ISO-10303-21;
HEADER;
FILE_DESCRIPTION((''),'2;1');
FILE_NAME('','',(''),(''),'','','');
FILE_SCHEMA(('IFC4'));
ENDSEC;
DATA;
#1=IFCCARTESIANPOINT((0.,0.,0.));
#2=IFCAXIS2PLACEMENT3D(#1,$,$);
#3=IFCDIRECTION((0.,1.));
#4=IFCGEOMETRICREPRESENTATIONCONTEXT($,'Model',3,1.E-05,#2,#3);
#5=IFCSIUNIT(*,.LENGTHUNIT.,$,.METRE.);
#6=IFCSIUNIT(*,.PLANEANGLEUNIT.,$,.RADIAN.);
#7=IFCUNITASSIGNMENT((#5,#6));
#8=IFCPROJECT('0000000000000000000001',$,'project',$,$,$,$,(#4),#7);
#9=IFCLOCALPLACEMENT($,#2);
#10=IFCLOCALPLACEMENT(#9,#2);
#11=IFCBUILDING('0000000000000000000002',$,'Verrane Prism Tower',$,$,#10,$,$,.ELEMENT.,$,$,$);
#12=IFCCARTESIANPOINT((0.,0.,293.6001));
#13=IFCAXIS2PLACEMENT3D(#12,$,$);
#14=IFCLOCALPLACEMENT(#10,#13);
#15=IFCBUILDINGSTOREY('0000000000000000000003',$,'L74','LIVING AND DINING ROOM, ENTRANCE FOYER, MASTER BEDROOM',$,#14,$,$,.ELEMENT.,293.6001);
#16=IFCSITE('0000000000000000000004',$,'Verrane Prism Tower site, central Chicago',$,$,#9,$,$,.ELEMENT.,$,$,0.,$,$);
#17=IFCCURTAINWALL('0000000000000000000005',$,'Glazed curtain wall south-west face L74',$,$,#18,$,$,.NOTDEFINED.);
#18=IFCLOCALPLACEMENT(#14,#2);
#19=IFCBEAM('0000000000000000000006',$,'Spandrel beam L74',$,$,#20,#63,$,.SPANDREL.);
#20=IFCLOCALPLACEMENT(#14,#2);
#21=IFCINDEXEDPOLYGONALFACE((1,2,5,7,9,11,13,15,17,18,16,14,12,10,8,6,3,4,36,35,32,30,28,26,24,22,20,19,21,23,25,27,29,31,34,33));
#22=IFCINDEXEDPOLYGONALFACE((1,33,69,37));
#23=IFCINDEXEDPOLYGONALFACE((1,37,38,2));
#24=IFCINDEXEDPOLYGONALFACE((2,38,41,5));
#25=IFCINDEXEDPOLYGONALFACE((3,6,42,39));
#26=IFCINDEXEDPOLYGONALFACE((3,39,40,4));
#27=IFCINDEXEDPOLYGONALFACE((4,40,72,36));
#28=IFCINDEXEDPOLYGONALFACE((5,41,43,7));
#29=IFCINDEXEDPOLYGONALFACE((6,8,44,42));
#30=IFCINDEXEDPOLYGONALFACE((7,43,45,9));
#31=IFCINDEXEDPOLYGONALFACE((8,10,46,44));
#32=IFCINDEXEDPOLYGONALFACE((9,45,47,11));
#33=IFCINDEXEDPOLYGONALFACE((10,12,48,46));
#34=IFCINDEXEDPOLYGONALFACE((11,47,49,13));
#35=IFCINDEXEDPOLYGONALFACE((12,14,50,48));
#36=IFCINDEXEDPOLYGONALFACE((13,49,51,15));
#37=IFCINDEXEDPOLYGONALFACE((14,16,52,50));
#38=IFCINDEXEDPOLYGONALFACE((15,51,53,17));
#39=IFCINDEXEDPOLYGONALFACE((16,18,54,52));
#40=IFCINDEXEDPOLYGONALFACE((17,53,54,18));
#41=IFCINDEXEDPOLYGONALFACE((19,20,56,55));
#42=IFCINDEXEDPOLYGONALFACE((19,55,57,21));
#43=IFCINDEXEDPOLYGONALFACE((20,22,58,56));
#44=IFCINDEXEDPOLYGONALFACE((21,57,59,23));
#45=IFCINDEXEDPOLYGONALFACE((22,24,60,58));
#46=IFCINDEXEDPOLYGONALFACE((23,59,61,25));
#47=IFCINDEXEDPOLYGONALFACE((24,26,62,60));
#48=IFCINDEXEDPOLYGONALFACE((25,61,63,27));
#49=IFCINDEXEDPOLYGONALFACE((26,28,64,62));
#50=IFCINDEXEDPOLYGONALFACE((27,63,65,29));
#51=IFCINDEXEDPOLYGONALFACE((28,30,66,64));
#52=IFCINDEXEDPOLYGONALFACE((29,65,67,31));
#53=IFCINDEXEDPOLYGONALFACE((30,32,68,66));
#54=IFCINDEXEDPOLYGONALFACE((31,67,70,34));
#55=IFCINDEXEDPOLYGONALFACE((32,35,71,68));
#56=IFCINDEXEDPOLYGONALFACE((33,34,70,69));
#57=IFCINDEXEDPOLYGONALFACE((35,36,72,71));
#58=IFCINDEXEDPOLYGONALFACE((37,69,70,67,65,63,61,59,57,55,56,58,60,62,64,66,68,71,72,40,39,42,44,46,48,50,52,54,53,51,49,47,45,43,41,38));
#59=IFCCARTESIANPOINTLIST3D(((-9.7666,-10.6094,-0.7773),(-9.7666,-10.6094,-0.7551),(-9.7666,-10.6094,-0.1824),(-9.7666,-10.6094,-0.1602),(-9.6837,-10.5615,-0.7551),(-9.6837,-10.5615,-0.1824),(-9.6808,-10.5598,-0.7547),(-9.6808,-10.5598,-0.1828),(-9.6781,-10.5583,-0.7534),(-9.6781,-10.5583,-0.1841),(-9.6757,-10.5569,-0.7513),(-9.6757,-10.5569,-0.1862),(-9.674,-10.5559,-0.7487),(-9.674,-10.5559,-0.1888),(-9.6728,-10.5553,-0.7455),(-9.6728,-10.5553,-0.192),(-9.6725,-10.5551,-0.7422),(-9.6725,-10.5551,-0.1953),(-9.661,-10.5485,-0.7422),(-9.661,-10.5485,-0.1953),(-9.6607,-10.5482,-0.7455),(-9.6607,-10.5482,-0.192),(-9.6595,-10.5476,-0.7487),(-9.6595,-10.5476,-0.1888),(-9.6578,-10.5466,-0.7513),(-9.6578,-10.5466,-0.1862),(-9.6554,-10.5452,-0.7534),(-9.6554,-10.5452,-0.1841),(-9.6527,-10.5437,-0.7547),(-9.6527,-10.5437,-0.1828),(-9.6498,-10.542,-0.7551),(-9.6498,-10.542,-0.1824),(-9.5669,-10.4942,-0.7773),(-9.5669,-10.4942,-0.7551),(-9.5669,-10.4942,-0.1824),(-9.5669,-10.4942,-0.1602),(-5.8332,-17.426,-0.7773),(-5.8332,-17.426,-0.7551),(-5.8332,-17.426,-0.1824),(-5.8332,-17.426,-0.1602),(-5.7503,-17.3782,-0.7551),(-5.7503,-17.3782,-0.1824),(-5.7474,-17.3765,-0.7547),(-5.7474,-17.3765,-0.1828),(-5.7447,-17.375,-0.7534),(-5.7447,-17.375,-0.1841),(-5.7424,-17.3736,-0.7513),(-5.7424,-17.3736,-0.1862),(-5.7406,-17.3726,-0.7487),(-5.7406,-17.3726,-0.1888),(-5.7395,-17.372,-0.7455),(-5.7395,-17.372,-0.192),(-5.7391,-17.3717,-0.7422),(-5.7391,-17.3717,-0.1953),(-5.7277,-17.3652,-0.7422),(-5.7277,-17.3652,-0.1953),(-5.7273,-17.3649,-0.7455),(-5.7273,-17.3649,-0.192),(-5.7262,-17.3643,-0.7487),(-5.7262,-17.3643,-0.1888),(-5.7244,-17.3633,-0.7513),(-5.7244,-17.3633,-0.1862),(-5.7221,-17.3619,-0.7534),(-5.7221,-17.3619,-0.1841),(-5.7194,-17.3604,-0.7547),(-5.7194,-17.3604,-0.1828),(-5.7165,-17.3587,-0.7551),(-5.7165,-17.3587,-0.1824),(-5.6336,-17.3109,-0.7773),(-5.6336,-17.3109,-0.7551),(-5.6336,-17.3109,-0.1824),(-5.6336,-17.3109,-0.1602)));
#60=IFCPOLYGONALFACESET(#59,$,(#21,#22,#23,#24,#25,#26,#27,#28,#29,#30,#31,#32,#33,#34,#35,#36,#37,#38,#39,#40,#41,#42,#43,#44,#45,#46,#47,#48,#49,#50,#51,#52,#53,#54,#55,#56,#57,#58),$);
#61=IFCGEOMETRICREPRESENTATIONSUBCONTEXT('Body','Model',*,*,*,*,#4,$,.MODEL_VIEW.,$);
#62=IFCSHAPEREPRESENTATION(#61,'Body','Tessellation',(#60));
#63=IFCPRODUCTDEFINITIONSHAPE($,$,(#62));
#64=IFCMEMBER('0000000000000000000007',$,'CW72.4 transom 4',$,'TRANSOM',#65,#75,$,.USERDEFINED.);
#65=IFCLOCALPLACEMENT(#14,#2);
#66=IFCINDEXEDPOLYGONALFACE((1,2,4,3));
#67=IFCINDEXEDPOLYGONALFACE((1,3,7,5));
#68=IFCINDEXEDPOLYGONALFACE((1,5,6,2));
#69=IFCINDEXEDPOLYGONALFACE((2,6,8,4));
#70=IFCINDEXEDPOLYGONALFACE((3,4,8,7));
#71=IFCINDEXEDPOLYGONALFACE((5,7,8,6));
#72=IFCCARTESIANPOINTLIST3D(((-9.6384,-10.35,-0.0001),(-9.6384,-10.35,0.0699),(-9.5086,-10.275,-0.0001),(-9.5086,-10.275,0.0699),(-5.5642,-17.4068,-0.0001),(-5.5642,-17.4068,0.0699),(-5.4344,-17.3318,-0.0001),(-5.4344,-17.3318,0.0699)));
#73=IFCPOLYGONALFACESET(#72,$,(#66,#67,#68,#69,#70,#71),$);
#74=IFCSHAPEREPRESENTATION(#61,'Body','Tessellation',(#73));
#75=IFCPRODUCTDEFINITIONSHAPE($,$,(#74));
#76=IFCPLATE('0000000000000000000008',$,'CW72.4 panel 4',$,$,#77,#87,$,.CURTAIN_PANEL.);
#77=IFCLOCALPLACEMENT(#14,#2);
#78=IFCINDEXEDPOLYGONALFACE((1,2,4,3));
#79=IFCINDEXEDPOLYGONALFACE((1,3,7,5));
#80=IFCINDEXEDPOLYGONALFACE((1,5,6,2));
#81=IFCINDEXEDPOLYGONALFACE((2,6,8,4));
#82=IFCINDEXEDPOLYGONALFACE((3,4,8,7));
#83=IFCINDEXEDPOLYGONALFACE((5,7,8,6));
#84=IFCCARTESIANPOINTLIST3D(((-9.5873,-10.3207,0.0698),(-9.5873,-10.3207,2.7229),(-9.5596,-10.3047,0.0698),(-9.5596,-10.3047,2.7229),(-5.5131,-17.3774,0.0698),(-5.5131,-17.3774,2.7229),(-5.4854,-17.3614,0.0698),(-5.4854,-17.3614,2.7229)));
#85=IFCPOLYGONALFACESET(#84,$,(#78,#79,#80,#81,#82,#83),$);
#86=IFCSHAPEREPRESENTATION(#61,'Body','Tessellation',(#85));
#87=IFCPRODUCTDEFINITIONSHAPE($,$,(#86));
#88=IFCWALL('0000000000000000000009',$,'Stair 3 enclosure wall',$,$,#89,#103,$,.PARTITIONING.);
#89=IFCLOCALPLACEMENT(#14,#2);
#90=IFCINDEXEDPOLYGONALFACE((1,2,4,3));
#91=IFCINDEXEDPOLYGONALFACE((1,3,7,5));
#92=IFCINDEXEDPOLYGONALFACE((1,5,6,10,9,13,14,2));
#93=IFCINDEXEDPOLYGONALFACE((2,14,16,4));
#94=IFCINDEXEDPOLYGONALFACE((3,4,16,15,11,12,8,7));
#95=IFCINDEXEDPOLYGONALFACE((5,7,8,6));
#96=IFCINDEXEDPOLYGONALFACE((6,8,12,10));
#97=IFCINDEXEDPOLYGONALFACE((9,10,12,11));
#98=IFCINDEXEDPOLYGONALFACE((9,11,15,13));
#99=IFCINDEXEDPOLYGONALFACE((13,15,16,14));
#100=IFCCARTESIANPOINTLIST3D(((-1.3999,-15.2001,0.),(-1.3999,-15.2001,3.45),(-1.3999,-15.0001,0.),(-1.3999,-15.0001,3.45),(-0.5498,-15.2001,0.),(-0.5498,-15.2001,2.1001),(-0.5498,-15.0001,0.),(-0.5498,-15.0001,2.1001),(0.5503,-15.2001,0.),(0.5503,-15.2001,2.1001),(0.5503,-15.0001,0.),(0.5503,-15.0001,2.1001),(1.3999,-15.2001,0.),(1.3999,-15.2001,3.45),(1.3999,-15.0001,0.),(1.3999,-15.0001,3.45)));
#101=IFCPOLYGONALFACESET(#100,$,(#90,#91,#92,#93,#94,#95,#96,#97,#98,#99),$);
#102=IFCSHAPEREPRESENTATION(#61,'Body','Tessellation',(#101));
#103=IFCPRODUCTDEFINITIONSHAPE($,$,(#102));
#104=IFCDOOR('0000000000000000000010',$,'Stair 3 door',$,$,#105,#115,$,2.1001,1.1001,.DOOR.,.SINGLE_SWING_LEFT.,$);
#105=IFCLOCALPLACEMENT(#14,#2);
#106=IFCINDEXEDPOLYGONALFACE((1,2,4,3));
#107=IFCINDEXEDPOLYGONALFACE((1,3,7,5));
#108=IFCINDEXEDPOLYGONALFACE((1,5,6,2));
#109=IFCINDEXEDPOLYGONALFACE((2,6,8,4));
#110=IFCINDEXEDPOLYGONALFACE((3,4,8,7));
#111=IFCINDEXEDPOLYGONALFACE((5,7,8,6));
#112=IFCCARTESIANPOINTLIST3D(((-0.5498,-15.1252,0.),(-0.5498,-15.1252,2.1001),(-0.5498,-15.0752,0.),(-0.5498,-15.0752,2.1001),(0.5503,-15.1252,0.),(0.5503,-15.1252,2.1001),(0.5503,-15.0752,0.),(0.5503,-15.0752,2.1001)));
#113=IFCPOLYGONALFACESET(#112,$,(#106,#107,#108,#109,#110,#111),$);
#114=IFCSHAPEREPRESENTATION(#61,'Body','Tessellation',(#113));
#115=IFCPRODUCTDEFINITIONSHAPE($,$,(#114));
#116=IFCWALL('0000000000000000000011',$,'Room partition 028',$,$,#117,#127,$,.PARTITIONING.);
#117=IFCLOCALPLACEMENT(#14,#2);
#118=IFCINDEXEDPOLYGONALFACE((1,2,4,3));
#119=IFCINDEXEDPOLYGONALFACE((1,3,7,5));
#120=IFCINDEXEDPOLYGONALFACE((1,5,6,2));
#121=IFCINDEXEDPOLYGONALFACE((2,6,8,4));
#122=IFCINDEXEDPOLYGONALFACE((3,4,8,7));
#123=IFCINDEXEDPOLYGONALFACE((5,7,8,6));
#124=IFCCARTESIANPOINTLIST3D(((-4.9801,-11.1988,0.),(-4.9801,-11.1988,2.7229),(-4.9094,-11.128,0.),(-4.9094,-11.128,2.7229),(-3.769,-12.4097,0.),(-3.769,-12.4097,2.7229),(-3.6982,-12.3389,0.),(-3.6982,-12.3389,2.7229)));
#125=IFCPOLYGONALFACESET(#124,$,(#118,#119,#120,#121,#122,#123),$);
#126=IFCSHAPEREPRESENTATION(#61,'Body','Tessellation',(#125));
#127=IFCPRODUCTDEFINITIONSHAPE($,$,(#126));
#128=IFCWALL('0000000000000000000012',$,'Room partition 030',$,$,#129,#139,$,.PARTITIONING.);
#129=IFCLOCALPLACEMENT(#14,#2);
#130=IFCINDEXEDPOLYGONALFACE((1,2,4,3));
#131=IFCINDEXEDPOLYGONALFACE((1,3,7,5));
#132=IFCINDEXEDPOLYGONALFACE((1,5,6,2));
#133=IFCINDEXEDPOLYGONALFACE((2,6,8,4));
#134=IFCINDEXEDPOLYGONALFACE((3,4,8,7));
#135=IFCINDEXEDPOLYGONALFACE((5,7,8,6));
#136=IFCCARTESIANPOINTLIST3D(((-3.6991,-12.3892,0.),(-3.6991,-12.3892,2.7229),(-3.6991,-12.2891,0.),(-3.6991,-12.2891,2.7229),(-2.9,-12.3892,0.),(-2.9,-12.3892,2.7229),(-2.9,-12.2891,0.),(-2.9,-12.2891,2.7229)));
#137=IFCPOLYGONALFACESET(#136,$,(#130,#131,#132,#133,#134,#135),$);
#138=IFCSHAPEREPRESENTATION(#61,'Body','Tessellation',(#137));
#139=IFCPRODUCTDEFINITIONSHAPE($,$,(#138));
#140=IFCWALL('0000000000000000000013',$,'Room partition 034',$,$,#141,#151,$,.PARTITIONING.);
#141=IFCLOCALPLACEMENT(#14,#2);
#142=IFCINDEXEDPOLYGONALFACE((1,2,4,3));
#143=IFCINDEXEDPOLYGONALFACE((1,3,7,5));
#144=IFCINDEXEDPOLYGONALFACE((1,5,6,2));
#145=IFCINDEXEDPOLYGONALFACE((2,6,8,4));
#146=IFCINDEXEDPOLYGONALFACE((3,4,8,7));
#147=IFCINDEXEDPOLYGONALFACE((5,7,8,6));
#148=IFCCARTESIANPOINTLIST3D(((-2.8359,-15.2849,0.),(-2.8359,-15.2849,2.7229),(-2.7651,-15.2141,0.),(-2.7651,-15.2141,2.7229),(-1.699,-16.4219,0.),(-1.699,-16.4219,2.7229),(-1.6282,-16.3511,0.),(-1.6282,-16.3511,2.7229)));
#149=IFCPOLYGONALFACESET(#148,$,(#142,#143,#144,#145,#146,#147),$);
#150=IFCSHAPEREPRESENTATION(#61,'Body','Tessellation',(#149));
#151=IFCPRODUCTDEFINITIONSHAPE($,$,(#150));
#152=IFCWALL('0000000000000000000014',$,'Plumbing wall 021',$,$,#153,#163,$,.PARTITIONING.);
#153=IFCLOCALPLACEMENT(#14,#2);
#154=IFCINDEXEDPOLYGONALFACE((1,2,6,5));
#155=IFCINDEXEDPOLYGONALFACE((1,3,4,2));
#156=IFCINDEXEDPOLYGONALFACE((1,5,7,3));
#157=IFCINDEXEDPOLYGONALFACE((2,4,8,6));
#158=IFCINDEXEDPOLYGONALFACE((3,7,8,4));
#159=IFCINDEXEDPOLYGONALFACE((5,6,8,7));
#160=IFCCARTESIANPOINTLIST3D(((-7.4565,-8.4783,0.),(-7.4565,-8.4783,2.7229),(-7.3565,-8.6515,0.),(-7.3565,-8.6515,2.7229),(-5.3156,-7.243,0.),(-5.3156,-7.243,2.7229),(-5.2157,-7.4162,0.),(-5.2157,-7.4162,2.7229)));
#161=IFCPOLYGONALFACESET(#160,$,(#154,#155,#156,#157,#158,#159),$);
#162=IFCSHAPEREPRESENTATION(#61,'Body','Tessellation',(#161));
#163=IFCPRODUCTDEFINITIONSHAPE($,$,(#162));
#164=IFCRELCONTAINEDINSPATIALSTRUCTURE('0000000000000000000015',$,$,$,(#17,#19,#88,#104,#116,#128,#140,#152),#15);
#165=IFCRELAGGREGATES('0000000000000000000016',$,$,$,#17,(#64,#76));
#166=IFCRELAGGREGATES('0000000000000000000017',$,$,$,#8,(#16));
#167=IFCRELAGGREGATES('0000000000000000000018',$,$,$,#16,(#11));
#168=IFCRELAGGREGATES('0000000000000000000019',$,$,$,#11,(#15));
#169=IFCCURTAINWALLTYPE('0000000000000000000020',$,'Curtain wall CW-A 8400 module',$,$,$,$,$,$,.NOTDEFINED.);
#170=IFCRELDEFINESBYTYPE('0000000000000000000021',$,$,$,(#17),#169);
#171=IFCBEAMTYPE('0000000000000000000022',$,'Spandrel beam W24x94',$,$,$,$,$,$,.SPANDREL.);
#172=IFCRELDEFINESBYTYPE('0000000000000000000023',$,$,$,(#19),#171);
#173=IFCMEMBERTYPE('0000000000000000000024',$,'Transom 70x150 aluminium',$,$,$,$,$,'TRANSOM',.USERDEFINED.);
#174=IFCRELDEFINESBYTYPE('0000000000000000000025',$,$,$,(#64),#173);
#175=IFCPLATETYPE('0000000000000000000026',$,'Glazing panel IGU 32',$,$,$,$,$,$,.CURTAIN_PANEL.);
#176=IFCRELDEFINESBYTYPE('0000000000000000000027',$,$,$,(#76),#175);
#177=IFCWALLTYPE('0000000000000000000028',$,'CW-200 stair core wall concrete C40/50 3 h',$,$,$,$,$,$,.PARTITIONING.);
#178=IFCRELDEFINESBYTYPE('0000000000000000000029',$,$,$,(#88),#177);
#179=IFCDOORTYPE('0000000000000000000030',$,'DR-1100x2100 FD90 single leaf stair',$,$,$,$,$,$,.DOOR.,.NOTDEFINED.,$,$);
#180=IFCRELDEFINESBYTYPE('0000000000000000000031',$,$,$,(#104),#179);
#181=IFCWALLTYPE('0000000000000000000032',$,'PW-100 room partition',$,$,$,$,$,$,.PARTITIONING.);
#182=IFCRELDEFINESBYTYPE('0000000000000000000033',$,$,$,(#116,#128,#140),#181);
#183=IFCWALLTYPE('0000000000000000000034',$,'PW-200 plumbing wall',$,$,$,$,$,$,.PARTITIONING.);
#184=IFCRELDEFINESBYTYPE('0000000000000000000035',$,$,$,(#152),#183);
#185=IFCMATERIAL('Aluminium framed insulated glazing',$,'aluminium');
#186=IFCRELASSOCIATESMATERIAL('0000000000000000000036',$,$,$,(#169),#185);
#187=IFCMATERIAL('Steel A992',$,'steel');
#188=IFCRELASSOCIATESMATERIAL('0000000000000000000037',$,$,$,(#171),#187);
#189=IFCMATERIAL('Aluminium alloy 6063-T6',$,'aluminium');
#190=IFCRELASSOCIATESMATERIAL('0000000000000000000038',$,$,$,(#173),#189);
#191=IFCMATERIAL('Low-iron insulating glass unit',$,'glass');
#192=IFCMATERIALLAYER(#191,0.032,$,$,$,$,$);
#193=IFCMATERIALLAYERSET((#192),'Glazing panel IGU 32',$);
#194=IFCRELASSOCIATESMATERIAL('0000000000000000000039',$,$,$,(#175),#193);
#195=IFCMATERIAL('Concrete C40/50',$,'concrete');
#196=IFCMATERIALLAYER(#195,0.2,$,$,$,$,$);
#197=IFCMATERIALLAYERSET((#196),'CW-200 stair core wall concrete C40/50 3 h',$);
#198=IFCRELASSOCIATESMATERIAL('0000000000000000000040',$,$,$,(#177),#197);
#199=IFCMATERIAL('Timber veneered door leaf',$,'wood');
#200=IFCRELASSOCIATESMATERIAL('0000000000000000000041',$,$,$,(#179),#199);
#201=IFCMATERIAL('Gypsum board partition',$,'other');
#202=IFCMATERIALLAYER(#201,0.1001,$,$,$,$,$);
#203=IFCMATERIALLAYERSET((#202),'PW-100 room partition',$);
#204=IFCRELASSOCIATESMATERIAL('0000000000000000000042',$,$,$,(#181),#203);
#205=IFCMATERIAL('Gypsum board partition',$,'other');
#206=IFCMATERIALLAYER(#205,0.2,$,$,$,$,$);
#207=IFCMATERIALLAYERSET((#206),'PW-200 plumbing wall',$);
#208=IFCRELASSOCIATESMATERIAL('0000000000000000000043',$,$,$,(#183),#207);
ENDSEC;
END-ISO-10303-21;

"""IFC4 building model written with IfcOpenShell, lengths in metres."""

from ifc_helpers import new_model, si_unit, direction, frame, frame_2d, origin, origin_2d, place, context, subcontext, project, spatial, rectangle, i_section, extrude, material, layer, layer_set, material_profile, profile_set, type_object, element, fill, aggregate, save


model = new_model("IFC4")

# Units and contexts
model_context = context("Model", 3, precision=1e-05, world=origin(), true_north=direction((0.0, 1.0)))
body_context = subcontext(model_context, "Body", "Model", "MODEL_VIEW")
ifc_project = project(units=[si_unit("LENGTHUNIT", "METRE"), si_unit("PLANEANGLEUNIT", "RADIAN")], contexts=[model_context])

# Site, building, storey
site_placement = place(None, origin())
site = spatial("IfcSite", under=ifc_project, at=site_placement, Name="Verrane Prism Tower site, central Chicago", CompositionType="ELEMENT", RefElevation=0.0)
building_placement = place(site_placement, origin())
building = spatial("IfcBuilding", under=site, at=building_placement, Name="Verrane Prism Tower", CompositionType="ELEMENT")
storey_placement = place(building_placement, frame((0.0, 0.0, 293.6001)))
storey = spatial("IfcBuildingStorey", under=building, at=storey_placement, Name="L74", Description="LIVING AND DINING ROOM, ENTRANCE FOYER, MASTER BEDROOM", CompositionType="ELEMENT", Elevation=293.6001)

# Curtain wall
ifc_material_1 = material(Name="Aluminium framed insulated glazing", Category="aluminium")
curtain_wall_type = type_object("IfcCurtainWallType", Name="Curtain wall CW-A 8400 module", PredefinedType="NOTDEFINED", material=ifc_material_1)
curtain_wall_placement = place(storey_placement, origin())
curtain_wall = element("IfcCurtainWall", 1, at=curtain_wall_placement, inside=storey, type_object=curtain_wall_type, Name="Glazed curtain wall south-west face L74", PredefinedType="NOTDEFINED")

# Beam
ifc_material_2 = material(Name="Steel A992", Category="steel")
ifc_material_profile_1 = material_profile(ifc_material_2, i_section(OverallWidth=0.2305, OverallDepth=0.6172, WebThickness=0.0132, FlangeThickness=0.0222, FilletRadius=0.0129, at=origin_2d()), Name="W24x94")
ifc_profile_set_1 = profile_set([ifc_material_profile_1], Name="Steel A992")
beam_type_1 = type_object("IfcBeamType", Name="Spandrel beam W24x94", PredefinedType="SPANDREL", material=ifc_profile_set_1)
beam_1_placement = place(storey_placement, frame((-9.6667, -10.5518, -0.4688), z_axis=(0.499786, -0.866149, 0.0), x_axis=(0.866149, 0.499786, 0.0)))
element("IfcBeam", 2, at=beam_1_placement, inside=storey, type_object=beam_type_1, Name="Spandrel beam L74", PredefinedType="SPANDREL", context=body_context, shape_type="SweptSolid", body=[
    extrude(i_section(OverallWidth=0.2305, OverallDepth=0.6172, WebThickness=0.0132, FlangeThickness=0.0222, FilletRadius=0.0129, at=origin_2d()), origin(), (0.0, 0.0, 1.0), 7.8701),
])

# Member
ifc_material_3 = material(Name="Aluminium alloy 6063-T6", Category="aluminium")
ifc_material_profile_2 = material_profile(ifc_material_3, rectangle(XDim=0.1499, YDim=0.0701, at=origin_2d()), Name="Transom 70x150 aluminium")
ifc_profile_set_2 = profile_set([ifc_material_profile_2], Name="Aluminium alloy 6063-T6")
member_type_1 = type_object("IfcMemberType", Name="Transom 70x150 aluminium", ElementType="TRANSOM", PredefinedType="USERDEFINED", material=ifc_profile_set_2)
member_1_placement = place(storey_placement, frame((-9.5735, -10.3125, 0.0349), z_axis=(0.499993, -0.866029, 0.0), x_axis=(0.866029, 0.499993, 0.0)))
member_1 = element("IfcMember", 3, at=member_1_placement, type_object=member_type_1, Name="CW72.4 transom 4", ObjectType="TRANSOM", PredefinedType="USERDEFINED", context=body_context, shape_type="SweptSolid", body=[
    extrude(rectangle(XDim=0.1499, YDim=0.0701, at=origin_2d()), origin(), (0.0, 0.0, 1.0), 8.1484),
])

# Plate
ifc_material_4 = material(Name="Low-iron insulating glass unit", Category="glass")
ifc_layer_1 = layer(ifc_material_4, 0.032)
ifc_layer_set_1 = layer_set([ifc_layer_1], Name="Glazing panel IGU 32")
plate_type = type_object("IfcPlateType", Name="Glazing panel IGU 32", PredefinedType="CURTAIN_PANEL", material=ifc_layer_set_1)
plate_placement = place(storey_placement, frame((-7.5364, -13.8411, 0.0698), z_axis=(0.0, 0.0, 1.0), x_axis=(0.500001, -0.866025, 0.0)))
plate = element("IfcPlate", 4, at=plate_placement, type_object=plate_type, Name="CW72.4 panel 4", PredefinedType="CURTAIN_PANEL", context=body_context, shape_type="SweptSolid", body=[
    extrude(rectangle(XDim=8.1484, YDim=0.032, at=origin_2d()), origin(), (0.0, 0.0, 1.0), 2.6531),
])
aggregate(curtain_wall, [member_1, plate])

# Wall, opening, door
ifc_material_5 = material(Name="Concrete C40/50", Category="concrete")
ifc_layer_2 = layer(ifc_material_5, 0.2)
ifc_layer_set_2 = layer_set([ifc_layer_2], Name="CW-200 stair core wall concrete C40/50 3 h")
wall_type_1 = type_object("IfcWallType", Name="CW-200 stair core wall concrete C40/50 3 h", PredefinedType="PARTITIONING", material=ifc_layer_set_2)
wall_1_placement = place(storey_placement, frame((-1.3999, -15.1001, 0.0), z_axis=(0.0, 0.0, 1.0), x_axis=(1.0, 0.0, 0.0)))
wall_1 = element("IfcWall", 5, at=wall_1_placement, inside=storey, type_object=wall_type_1, Name="Stair 3 enclosure wall", PredefinedType="PARTITIONING", context=body_context, shape_type="SweptSolid", body=[
    extrude(rectangle(XDim=2.7998, YDim=0.2, at=frame_2d((1.3999, 0.0))), origin(), (0.0, 0.0, 1.0), 3.45),
])
opening_1_placement = place(wall_1_placement, frame((0.8501, 0.0, 0.0)))
opening_1 = element("IfcOpeningElement", 6, at=opening_1_placement, cuts=wall_1, PredefinedType="OPENING", context=body_context, shape_type="SweptSolid", body=[
    extrude(rectangle(XDim=1.1001, YDim=2.1001, at=frame_2d((0.55, 1.05))), frame((0.0, 0.1099, 0.0), z_axis=(0.0, -1.0, 0.0), x_axis=(1.0, 0.0, 0.0)), (0.0, 0.0, 1.0), 0.22),
])
ifc_material_6 = material(Name="Timber veneered door leaf", Category="wood")
door_type_1 = type_object("IfcDoorType", Name="DR-1100x2100 FD90 single leaf stair", OperationType="NOTDEFINED", PredefinedType="DOOR", material=ifc_material_6)
door_1_placement = place(opening_1_placement, origin())
door_1 = element("IfcDoor", 7, at=door_1_placement, inside=storey, type_object=door_type_1, Name="Stair 3 door", OperationType="SINGLE_SWING_LEFT", OverallHeight=2.1001, OverallWidth=1.1001, PredefinedType="DOOR", context=body_context, shape_type="SweptSolid", body=[
    extrude(rectangle(XDim=1.1001, YDim=2.1001, at=frame_2d((0.55, 1.05))), frame((0.0, 0.0249, 0.0), z_axis=(0.0, -1.0, 0.0), x_axis=(1.0, 0.0, 0.0)), (0.0, 0.0, 1.0), 0.05),
])
fill(opening_1, door_1)

# Walls
ifc_material_7 = material(Name="Gypsum board partition", Category="other")
ifc_layer_3 = layer(ifc_material_7, 0.1001)
ifc_layer_set_3 = layer_set([ifc_layer_3], Name="PW-100 room partition")
wall_type_2 = type_object("IfcWallType", Name="PW-100 room partition", PredefinedType="PARTITIONING", material=ifc_layer_set_3)
wall_2_placement = place(storey_placement, frame((-4.9448, -11.1633, 0.0), z_axis=(0.0, 0.0, 1.0), x_axis=(0.707178, -0.707036, 0.0)))
element("IfcWall", 8, at=wall_2_placement, inside=storey, type_object=wall_type_2, Name="Room partition 028", PredefinedType="PARTITIONING", context=body_context, shape_type="SweptSolid", body=[
    extrude(rectangle(XDim=1.7126, YDim=0.1001, at=frame_2d((0.8564, 0.0))), origin(), (0.0, 0.0, 1.0), 2.7229),
])
wall_3_placement = place(storey_placement, frame((-3.699, -12.3391, 0.0), z_axis=(0.0, 0.0, 1.0), x_axis=(1.0, 0.0, 0.0)))
element("IfcWall", 9, at=wall_3_placement, inside=storey, type_object=wall_type_2, Name="Room partition 030", PredefinedType="PARTITIONING", context=body_context, shape_type="SweptSolid", body=[
    extrude(rectangle(XDim=0.7991, YDim=0.1001, at=frame_2d((0.3994, 0.0))), origin(), (0.0, 0.0, 1.0), 2.7229),
])
wall_4_placement = place(storey_placement, frame((-2.8005, -15.2495, 0.0), z_axis=(0.0, 0.0, 1.0), x_axis=(0.707107, -0.707107, 0.0)))
element("IfcWall", 10, at=wall_4_placement, inside=storey, type_object=wall_type_2, Name="Room partition 034", PredefinedType="PARTITIONING", context=body_context, shape_type="SweptSolid", body=[
    extrude(rectangle(XDim=1.6079, YDim=0.1001, at=frame_2d((0.804, 0.0))), origin(), (0.0, 0.0, 1.0), 2.7229),
])
ifc_material_8 = material(Name="Gypsum board partition", Category="other")
ifc_layer_4 = layer(ifc_material_8, 0.2)
ifc_layer_set_4 = layer_set([ifc_layer_4], Name="PW-200 plumbing wall")
wall_type_3 = type_object("IfcWallType", Name="PW-200 plumbing wall", PredefinedType="PARTITIONING", material=ifc_layer_set_4)
wall_5_placement = place(storey_placement, frame((-7.4065, -8.5649, 0.0), z_axis=(0.0, 0.0, 1.0), x_axis=(0.866144, 0.499794, 0.0)))
element("IfcWall", 11, at=wall_5_placement, inside=storey, type_object=wall_type_3, Name="Plumbing wall 021", PredefinedType="PARTITIONING", context=body_context, shape_type="SweptSolid", body=[
    extrude(rectangle(XDim=2.4717, YDim=0.2, at=frame_2d((1.2358, 0.0))), origin(), (0.0, 0.0, 1.0), 2.7229),
])

save(model, "model.ifc")
